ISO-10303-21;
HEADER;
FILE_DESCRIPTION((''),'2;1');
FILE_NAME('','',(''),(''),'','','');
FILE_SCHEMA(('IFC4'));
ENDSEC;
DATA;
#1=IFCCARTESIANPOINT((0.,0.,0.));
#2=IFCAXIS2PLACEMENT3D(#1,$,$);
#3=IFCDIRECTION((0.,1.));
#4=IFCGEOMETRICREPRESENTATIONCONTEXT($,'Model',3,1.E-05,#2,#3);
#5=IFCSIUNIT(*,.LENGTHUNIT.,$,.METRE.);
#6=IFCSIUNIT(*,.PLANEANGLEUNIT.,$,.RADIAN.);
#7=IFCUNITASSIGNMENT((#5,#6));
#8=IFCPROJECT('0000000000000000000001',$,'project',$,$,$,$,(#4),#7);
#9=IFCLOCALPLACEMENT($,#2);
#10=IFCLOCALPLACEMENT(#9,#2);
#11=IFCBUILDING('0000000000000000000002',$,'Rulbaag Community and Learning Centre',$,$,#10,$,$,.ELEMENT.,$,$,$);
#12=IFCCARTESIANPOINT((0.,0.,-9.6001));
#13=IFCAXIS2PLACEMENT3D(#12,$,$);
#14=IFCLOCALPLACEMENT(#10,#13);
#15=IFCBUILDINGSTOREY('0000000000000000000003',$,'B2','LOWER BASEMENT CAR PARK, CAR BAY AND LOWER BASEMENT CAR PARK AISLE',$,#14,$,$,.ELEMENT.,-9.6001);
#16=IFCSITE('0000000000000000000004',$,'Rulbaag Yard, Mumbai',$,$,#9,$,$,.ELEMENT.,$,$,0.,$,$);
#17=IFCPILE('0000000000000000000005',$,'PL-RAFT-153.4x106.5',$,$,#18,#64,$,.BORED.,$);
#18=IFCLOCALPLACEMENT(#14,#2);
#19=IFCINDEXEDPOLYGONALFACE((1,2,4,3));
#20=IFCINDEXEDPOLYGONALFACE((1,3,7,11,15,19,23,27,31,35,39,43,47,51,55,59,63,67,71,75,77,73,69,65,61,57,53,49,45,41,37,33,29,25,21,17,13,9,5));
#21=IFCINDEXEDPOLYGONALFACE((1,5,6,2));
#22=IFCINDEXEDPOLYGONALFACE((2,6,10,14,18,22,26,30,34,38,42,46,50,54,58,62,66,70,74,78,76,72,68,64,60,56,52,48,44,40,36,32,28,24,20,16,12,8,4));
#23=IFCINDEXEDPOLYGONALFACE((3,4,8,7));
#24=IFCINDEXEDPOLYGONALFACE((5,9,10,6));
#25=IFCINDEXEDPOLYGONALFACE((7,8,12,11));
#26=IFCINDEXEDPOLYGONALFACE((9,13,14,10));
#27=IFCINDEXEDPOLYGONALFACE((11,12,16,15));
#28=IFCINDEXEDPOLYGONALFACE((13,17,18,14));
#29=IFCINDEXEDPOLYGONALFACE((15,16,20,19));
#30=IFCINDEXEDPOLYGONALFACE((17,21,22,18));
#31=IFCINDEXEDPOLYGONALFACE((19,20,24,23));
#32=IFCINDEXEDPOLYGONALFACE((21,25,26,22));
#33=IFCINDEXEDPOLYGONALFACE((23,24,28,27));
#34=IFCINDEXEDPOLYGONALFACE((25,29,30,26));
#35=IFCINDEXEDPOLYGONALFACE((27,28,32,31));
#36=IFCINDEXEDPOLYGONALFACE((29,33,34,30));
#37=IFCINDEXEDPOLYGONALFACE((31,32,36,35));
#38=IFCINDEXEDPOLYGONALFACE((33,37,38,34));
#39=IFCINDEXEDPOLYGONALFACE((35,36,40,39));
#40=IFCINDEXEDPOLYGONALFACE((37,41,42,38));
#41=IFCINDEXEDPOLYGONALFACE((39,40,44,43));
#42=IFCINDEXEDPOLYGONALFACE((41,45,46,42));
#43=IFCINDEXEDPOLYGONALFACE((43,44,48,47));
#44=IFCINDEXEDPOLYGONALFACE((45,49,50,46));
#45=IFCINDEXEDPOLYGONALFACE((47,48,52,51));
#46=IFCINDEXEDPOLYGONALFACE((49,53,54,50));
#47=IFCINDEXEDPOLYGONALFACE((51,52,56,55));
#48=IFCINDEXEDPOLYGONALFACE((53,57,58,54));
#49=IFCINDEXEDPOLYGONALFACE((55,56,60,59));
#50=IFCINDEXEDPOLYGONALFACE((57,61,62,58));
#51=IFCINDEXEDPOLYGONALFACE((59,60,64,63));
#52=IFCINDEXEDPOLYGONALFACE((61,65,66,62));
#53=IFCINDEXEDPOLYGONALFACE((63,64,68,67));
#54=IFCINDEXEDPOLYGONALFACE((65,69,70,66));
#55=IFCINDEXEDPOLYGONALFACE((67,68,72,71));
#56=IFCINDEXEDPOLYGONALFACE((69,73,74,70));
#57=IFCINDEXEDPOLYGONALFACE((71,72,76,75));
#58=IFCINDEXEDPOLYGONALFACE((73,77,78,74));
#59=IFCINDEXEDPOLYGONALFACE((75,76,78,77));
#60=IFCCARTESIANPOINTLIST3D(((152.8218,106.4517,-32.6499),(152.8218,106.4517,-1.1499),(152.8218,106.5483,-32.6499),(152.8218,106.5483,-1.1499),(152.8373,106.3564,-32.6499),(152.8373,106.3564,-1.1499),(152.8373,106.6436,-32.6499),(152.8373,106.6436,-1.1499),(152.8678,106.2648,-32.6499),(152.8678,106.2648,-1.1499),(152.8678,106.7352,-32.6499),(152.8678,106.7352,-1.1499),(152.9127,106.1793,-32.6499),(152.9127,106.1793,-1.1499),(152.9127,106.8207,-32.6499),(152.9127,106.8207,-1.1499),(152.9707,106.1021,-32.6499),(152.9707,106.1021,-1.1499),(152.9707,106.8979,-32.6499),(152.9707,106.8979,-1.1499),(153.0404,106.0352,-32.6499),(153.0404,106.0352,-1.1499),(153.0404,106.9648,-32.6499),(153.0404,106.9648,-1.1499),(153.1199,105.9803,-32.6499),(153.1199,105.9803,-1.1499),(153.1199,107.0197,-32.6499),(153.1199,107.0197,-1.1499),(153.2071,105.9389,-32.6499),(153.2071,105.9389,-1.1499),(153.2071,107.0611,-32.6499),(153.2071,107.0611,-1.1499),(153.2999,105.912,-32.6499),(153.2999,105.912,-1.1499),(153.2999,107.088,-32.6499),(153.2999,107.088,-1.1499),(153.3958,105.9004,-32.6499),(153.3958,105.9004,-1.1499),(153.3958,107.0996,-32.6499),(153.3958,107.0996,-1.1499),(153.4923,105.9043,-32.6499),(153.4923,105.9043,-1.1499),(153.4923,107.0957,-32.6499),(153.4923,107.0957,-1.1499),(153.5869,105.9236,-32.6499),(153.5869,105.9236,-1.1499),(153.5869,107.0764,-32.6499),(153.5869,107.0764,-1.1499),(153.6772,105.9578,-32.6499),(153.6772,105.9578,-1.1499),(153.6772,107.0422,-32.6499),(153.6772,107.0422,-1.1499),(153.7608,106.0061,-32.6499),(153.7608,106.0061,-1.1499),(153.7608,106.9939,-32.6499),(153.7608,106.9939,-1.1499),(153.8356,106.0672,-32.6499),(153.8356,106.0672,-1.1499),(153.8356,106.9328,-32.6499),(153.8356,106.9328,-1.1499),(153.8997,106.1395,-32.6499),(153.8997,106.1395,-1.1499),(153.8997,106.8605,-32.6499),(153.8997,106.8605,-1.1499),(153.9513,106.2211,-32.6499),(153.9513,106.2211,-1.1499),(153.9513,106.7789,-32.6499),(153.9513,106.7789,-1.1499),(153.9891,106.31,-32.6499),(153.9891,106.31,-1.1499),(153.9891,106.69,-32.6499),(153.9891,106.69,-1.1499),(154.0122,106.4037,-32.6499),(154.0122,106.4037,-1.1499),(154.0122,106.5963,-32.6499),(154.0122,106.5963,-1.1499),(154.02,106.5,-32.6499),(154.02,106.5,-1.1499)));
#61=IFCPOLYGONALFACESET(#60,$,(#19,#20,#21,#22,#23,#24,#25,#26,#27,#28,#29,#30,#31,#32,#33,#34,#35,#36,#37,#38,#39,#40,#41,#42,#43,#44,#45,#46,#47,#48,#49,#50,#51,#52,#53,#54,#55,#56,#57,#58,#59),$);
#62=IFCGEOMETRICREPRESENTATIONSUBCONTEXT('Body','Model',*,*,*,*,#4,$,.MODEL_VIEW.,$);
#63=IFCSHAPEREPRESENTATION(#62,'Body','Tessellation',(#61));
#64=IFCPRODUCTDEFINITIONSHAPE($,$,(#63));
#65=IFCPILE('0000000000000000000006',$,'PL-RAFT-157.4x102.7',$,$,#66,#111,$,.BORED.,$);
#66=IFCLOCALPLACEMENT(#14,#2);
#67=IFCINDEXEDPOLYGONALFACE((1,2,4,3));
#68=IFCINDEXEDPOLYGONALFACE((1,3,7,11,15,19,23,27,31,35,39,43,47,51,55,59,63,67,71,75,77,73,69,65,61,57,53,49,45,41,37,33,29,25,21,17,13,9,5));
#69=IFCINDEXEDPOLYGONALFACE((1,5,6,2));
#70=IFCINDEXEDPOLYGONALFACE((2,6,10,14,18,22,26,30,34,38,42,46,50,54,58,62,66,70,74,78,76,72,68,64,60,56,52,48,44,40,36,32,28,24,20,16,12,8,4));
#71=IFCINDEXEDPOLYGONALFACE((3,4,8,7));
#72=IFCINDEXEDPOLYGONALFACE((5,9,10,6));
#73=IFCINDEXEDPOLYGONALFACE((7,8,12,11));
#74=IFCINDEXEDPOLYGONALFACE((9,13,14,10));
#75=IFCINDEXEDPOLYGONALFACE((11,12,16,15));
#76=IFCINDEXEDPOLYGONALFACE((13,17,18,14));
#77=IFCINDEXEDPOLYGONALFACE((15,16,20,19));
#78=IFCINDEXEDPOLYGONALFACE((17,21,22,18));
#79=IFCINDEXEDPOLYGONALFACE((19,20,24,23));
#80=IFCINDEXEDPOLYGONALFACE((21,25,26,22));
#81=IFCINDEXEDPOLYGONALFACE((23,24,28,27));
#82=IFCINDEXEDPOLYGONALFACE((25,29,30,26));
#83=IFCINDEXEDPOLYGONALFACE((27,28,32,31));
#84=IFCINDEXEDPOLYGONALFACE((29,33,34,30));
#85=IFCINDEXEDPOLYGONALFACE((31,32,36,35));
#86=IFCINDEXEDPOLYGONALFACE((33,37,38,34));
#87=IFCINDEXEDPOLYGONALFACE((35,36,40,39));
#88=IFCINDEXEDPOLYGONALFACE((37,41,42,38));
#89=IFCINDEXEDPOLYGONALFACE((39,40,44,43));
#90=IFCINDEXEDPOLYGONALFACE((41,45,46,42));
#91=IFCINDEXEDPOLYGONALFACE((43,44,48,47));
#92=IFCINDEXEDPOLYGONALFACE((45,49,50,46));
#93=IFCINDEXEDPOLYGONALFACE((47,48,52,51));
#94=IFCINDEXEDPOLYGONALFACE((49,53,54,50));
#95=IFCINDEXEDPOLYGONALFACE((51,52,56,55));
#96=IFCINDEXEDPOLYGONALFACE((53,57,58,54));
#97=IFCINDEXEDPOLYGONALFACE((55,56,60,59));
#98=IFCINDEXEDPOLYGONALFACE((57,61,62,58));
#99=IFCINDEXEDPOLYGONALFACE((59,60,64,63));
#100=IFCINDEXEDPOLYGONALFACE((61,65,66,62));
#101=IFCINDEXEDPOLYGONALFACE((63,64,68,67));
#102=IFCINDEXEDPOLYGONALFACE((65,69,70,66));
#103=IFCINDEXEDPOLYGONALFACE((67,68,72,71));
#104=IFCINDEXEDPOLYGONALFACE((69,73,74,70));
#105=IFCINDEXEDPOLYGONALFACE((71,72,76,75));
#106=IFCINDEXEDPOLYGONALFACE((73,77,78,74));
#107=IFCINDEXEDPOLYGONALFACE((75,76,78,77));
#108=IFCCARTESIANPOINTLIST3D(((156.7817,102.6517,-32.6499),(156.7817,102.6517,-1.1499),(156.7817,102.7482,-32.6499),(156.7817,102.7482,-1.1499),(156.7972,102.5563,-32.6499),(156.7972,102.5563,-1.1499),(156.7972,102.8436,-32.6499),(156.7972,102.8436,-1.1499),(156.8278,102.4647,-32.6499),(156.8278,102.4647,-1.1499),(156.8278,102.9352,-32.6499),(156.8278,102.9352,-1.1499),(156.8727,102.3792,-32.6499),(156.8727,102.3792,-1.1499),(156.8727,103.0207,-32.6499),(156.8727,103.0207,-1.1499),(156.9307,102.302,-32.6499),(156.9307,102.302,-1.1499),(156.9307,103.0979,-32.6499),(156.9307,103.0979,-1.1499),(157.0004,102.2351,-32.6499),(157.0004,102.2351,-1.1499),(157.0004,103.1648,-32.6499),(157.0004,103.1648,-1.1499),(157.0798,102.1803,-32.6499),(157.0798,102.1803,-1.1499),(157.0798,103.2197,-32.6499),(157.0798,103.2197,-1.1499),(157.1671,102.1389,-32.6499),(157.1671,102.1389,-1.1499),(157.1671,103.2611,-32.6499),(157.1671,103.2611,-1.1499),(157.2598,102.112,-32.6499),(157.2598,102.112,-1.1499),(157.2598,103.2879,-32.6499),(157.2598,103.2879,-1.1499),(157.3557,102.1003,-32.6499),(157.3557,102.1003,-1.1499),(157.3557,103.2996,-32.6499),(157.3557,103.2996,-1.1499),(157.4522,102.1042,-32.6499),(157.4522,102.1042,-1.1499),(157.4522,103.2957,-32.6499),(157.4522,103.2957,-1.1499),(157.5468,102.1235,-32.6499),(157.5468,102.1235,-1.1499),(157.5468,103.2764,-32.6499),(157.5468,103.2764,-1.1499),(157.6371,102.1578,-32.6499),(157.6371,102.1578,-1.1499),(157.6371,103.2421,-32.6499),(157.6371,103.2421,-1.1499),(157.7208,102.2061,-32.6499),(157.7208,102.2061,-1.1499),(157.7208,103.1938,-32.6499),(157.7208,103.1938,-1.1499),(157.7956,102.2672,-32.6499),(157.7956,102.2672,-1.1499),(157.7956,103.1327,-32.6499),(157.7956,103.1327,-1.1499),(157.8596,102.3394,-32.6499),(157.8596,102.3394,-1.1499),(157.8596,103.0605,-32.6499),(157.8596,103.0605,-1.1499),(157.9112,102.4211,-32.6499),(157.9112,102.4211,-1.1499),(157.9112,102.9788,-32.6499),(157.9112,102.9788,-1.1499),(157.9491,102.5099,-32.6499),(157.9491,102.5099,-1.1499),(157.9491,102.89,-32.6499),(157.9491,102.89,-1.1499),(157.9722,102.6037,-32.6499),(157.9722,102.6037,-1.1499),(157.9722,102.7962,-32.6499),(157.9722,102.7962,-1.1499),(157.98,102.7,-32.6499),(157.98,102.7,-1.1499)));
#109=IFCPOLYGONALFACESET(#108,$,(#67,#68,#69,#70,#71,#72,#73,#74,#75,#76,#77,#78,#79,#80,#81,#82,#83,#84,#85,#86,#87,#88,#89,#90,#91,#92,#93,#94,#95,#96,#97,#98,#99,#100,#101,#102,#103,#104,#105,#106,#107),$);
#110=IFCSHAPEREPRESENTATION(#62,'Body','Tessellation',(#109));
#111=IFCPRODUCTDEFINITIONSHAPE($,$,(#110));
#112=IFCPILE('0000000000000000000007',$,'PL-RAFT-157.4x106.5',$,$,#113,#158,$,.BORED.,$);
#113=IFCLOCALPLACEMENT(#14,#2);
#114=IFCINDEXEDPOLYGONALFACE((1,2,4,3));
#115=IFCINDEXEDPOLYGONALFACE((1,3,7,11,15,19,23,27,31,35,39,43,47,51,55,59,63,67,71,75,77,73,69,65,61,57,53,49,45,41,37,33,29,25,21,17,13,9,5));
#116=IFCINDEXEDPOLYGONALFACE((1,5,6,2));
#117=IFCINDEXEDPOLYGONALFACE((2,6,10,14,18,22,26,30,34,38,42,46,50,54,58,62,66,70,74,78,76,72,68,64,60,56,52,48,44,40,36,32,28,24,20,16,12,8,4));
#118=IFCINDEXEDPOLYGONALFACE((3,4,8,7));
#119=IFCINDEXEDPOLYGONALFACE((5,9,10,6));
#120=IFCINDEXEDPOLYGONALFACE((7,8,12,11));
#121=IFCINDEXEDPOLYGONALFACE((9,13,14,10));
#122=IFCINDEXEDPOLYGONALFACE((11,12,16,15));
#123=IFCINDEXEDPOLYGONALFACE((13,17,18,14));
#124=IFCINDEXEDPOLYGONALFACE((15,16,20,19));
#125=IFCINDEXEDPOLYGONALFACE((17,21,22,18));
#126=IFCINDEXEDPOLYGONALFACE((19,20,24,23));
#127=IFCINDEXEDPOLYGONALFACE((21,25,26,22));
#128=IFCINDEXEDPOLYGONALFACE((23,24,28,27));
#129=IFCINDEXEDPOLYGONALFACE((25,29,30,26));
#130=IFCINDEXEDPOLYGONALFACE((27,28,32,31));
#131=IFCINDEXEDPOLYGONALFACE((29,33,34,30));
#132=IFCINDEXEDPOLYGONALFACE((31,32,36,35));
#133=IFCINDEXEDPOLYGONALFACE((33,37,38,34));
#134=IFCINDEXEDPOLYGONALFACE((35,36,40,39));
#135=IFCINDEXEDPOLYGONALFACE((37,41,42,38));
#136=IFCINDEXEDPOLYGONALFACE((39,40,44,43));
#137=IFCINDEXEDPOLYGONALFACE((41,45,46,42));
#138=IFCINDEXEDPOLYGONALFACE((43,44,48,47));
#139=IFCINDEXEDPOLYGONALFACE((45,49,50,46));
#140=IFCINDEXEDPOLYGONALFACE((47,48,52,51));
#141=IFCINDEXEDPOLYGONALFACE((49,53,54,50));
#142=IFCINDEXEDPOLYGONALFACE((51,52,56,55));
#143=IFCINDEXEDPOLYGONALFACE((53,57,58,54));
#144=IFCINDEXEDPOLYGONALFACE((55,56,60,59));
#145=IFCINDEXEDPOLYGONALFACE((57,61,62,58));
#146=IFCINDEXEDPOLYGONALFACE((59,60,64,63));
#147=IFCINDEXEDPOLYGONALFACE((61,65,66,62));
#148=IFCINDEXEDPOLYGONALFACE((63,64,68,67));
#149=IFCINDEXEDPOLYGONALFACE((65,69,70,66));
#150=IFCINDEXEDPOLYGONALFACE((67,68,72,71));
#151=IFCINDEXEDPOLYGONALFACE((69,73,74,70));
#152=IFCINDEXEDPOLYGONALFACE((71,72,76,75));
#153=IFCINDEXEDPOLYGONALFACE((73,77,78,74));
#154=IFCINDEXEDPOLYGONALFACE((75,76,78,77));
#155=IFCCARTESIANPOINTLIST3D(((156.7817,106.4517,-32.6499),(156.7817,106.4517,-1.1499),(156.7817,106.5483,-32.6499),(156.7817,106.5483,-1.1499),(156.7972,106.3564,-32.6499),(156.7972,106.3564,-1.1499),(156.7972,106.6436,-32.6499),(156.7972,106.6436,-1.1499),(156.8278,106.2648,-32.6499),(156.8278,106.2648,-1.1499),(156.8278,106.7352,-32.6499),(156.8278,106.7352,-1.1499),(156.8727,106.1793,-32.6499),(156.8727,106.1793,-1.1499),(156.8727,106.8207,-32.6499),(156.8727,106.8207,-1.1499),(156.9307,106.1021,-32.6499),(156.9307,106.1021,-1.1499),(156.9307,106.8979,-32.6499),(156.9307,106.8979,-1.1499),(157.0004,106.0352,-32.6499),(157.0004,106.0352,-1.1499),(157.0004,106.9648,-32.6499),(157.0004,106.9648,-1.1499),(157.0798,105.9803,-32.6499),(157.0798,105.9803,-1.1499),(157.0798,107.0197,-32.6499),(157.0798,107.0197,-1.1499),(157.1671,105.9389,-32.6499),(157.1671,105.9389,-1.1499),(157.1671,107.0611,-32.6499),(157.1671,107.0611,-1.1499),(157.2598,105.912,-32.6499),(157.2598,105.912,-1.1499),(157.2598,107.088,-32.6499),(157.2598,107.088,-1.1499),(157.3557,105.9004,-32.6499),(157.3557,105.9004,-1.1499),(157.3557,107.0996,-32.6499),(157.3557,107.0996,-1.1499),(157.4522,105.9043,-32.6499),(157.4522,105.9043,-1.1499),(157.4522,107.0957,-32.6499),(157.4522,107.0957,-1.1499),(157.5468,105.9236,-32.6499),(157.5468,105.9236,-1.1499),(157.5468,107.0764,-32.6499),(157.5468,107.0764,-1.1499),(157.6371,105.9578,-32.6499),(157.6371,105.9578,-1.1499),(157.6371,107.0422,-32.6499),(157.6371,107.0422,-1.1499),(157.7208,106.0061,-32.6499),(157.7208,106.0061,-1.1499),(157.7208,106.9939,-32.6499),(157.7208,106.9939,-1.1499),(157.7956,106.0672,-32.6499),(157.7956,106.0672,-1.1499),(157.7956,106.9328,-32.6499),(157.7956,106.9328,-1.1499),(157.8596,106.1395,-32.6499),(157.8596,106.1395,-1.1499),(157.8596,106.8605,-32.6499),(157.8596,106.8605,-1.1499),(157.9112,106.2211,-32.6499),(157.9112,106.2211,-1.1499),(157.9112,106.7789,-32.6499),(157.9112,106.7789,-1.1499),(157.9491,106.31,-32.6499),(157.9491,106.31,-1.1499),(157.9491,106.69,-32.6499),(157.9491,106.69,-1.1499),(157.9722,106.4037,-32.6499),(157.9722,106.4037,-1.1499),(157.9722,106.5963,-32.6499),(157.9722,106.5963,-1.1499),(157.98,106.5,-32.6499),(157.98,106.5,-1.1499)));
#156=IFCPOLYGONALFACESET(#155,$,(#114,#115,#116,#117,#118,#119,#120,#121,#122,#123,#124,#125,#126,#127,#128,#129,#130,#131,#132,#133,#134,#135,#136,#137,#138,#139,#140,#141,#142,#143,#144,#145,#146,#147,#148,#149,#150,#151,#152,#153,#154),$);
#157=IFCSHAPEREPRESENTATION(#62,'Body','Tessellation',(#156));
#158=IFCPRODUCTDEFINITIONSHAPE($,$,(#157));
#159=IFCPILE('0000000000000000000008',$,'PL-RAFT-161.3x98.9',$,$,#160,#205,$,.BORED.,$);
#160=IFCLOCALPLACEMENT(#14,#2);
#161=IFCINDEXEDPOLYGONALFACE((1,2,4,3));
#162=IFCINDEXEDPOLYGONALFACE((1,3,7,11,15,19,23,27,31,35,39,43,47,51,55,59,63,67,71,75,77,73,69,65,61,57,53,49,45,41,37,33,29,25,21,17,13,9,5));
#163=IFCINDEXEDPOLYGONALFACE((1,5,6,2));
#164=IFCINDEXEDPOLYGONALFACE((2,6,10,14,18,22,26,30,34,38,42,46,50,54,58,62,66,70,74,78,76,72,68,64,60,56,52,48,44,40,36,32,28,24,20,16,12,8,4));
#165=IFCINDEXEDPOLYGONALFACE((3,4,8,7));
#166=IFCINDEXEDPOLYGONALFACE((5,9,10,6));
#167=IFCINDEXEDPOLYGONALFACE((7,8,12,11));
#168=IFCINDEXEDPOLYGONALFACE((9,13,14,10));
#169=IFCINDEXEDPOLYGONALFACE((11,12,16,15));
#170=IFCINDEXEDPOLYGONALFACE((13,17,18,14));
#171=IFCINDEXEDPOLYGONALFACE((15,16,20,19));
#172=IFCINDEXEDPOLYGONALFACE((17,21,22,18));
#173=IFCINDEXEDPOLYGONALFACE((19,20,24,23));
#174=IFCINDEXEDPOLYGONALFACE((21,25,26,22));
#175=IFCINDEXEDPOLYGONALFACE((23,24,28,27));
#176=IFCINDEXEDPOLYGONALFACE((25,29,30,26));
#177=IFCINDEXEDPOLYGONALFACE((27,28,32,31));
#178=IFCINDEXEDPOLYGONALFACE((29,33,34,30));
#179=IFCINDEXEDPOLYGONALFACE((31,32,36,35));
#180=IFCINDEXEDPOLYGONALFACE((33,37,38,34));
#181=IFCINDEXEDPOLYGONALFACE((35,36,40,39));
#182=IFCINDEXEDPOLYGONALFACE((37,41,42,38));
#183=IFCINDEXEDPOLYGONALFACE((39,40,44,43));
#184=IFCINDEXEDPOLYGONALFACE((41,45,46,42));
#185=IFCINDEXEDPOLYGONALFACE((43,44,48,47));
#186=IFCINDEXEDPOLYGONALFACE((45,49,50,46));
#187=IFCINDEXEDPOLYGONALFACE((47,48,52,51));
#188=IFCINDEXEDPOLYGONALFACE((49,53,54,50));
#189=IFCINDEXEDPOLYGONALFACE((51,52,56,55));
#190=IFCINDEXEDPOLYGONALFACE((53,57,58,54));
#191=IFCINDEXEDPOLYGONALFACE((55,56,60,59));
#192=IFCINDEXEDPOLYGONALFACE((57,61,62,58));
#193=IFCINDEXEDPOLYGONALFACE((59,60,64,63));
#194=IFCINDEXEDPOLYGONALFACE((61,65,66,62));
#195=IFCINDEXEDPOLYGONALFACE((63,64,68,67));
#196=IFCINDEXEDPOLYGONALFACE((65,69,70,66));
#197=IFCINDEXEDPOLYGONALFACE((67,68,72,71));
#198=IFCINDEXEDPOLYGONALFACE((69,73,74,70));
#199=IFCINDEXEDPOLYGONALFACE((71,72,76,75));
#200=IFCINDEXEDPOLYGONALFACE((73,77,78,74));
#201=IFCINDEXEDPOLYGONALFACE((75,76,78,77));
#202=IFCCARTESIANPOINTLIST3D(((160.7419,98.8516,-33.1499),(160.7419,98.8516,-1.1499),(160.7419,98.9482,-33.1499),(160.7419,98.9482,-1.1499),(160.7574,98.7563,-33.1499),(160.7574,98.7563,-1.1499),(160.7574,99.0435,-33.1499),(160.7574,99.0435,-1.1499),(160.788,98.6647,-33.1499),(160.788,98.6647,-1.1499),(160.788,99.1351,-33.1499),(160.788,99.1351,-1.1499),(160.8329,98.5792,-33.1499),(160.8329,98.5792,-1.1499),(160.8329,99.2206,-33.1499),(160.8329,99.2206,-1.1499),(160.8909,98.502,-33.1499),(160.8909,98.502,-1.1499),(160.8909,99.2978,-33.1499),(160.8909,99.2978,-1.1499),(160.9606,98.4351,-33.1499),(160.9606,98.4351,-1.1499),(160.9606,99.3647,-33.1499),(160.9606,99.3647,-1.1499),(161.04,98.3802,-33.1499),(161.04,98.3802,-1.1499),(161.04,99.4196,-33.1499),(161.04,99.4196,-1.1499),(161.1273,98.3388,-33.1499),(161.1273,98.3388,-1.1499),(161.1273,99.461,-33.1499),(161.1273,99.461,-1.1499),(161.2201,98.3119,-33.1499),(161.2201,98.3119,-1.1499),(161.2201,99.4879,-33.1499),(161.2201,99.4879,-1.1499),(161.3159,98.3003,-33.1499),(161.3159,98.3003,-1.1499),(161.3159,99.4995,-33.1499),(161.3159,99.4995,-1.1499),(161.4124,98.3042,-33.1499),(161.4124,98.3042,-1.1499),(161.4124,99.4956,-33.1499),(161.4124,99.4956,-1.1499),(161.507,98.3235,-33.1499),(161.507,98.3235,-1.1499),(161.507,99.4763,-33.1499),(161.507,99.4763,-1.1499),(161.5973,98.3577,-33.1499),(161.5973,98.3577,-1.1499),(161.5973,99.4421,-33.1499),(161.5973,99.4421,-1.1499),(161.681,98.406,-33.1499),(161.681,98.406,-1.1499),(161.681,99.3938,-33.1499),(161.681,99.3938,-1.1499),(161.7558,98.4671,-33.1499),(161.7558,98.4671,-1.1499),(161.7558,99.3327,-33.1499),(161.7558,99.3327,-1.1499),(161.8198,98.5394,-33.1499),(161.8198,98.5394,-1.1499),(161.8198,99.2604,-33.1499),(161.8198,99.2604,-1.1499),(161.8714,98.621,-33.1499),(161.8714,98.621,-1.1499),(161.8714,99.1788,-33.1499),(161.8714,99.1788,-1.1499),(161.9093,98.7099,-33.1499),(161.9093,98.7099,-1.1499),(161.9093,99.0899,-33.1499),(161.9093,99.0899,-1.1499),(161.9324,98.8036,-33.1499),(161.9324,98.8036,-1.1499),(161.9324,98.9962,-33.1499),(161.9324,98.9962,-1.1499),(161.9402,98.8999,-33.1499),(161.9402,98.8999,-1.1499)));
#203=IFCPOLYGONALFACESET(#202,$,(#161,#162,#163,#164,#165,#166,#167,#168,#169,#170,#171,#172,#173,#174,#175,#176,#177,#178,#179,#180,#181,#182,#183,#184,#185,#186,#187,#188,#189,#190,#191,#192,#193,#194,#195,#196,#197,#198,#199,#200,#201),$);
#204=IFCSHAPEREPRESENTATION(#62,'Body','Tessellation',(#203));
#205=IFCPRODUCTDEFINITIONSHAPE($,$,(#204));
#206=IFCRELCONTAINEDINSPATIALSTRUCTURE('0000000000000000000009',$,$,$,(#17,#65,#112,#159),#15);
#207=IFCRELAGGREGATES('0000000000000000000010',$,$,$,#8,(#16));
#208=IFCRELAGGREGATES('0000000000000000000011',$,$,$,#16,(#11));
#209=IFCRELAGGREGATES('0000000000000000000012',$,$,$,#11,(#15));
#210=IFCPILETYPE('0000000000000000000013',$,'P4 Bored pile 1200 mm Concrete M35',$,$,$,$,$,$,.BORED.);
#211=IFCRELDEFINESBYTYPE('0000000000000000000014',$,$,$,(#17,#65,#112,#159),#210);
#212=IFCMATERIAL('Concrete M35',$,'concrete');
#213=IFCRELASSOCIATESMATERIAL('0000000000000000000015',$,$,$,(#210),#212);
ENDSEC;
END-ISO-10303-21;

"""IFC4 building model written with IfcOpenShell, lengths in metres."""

from ifc_helpers import new_model, si_unit, direction, frame, origin, origin_2d, place, context, subcontext, project, spatial, circle, extrude, material, material_profile, profile_set, type_object, element, save


model = new_model("IFC4")

# Units and contexts
model_context = context("Model", 3, precision=1e-05, world=origin(), true_north=direction((0.0, 1.0)))
body_context = subcontext(model_context, "Body", "Model", "MODEL_VIEW")
ifc_project = project(units=[si_unit("LENGTHUNIT", "METRE"), si_unit("PLANEANGLEUNIT", "RADIAN")], contexts=[model_context])

# Site, building, storey
site_placement = place(None, origin())
site = spatial("IfcSite", under=ifc_project, at=site_placement, Name="Rulbaag Yard, Mumbai", CompositionType="ELEMENT", RefElevation=0.0)
building_placement = place(site_placement, origin())
building = spatial("IfcBuilding", under=site, at=building_placement, Name="Rulbaag Community and Learning Centre", CompositionType="ELEMENT")
storey_placement = place(building_placement, frame((0.0, 0.0, -9.6001)))
storey = spatial("IfcBuildingStorey", under=building, at=storey_placement, Name="B2", Description="LOWER BASEMENT CAR PARK, CAR BAY AND LOWER BASEMENT CAR PARK AISLE", CompositionType="ELEMENT", Elevation=-9.6001)

# Piles
ifc_material_1 = material(Name="Concrete M35", Category="concrete")
ifc_material_profile_1 = material_profile(ifc_material_1, circle(Radius=0.6001, at=origin_2d()), Name="BP1200")
ifc_profile_set_1 = profile_set([ifc_material_profile_1], Name="Concrete M35")
pile_type_1 = type_object("IfcPileType", Name="P4 Bored pile 1200 mm Concrete M35", PredefinedType="BORED", material=ifc_profile_set_1)
for number, where, z_axis, x_axis, name in (
    (1, (153.4199, 106.5, -1.1499), (0.0, 0.0, -1.0), (1.0, 0.0, 0.0), "PL-RAFT-153.4x106.5"),
    (2, (157.3799, 102.7, -1.1499), (0.0, 0.0, -1.0), (1.0, 0.0, 0.0), "PL-RAFT-157.4x102.7"),
    (3, (157.3799, 106.5, -1.1499), (0.0, 0.0, -1.0), (1.0, 0.0, 0.0), "PL-RAFT-157.4x106.5"),
):
    element("IfcPile", number, at=place(storey_placement, frame(where, z_axis=z_axis, x_axis=x_axis)), inside=storey, type_object=pile_type_1, Name=name, PredefinedType="BORED", context=body_context, shape_type="SweptSolid", body=[
        extrude(circle(Radius=0.6001, at=origin_2d()), origin(), (0.0, 0.0, 1.0), 31.5),
    ])
for number, where, z_axis, x_axis, name in (
    (4, (161.3401, 98.8999, -1.1499), (0.0, 0.0, -1.0), (1.0, 0.0, 0.0), "PL-RAFT-161.3x98.9"),
):
    element("IfcPile", number, at=place(storey_placement, frame(where, z_axis=z_axis, x_axis=x_axis)), inside=storey, type_object=pile_type_1, Name=name, PredefinedType="BORED", context=body_context, shape_type="SweptSolid", body=[
        extrude(circle(Radius=0.6001, at=origin_2d()), origin(), (0.0, 0.0, 1.0), 32.0),
    ])

save(model, "model.ifc")
